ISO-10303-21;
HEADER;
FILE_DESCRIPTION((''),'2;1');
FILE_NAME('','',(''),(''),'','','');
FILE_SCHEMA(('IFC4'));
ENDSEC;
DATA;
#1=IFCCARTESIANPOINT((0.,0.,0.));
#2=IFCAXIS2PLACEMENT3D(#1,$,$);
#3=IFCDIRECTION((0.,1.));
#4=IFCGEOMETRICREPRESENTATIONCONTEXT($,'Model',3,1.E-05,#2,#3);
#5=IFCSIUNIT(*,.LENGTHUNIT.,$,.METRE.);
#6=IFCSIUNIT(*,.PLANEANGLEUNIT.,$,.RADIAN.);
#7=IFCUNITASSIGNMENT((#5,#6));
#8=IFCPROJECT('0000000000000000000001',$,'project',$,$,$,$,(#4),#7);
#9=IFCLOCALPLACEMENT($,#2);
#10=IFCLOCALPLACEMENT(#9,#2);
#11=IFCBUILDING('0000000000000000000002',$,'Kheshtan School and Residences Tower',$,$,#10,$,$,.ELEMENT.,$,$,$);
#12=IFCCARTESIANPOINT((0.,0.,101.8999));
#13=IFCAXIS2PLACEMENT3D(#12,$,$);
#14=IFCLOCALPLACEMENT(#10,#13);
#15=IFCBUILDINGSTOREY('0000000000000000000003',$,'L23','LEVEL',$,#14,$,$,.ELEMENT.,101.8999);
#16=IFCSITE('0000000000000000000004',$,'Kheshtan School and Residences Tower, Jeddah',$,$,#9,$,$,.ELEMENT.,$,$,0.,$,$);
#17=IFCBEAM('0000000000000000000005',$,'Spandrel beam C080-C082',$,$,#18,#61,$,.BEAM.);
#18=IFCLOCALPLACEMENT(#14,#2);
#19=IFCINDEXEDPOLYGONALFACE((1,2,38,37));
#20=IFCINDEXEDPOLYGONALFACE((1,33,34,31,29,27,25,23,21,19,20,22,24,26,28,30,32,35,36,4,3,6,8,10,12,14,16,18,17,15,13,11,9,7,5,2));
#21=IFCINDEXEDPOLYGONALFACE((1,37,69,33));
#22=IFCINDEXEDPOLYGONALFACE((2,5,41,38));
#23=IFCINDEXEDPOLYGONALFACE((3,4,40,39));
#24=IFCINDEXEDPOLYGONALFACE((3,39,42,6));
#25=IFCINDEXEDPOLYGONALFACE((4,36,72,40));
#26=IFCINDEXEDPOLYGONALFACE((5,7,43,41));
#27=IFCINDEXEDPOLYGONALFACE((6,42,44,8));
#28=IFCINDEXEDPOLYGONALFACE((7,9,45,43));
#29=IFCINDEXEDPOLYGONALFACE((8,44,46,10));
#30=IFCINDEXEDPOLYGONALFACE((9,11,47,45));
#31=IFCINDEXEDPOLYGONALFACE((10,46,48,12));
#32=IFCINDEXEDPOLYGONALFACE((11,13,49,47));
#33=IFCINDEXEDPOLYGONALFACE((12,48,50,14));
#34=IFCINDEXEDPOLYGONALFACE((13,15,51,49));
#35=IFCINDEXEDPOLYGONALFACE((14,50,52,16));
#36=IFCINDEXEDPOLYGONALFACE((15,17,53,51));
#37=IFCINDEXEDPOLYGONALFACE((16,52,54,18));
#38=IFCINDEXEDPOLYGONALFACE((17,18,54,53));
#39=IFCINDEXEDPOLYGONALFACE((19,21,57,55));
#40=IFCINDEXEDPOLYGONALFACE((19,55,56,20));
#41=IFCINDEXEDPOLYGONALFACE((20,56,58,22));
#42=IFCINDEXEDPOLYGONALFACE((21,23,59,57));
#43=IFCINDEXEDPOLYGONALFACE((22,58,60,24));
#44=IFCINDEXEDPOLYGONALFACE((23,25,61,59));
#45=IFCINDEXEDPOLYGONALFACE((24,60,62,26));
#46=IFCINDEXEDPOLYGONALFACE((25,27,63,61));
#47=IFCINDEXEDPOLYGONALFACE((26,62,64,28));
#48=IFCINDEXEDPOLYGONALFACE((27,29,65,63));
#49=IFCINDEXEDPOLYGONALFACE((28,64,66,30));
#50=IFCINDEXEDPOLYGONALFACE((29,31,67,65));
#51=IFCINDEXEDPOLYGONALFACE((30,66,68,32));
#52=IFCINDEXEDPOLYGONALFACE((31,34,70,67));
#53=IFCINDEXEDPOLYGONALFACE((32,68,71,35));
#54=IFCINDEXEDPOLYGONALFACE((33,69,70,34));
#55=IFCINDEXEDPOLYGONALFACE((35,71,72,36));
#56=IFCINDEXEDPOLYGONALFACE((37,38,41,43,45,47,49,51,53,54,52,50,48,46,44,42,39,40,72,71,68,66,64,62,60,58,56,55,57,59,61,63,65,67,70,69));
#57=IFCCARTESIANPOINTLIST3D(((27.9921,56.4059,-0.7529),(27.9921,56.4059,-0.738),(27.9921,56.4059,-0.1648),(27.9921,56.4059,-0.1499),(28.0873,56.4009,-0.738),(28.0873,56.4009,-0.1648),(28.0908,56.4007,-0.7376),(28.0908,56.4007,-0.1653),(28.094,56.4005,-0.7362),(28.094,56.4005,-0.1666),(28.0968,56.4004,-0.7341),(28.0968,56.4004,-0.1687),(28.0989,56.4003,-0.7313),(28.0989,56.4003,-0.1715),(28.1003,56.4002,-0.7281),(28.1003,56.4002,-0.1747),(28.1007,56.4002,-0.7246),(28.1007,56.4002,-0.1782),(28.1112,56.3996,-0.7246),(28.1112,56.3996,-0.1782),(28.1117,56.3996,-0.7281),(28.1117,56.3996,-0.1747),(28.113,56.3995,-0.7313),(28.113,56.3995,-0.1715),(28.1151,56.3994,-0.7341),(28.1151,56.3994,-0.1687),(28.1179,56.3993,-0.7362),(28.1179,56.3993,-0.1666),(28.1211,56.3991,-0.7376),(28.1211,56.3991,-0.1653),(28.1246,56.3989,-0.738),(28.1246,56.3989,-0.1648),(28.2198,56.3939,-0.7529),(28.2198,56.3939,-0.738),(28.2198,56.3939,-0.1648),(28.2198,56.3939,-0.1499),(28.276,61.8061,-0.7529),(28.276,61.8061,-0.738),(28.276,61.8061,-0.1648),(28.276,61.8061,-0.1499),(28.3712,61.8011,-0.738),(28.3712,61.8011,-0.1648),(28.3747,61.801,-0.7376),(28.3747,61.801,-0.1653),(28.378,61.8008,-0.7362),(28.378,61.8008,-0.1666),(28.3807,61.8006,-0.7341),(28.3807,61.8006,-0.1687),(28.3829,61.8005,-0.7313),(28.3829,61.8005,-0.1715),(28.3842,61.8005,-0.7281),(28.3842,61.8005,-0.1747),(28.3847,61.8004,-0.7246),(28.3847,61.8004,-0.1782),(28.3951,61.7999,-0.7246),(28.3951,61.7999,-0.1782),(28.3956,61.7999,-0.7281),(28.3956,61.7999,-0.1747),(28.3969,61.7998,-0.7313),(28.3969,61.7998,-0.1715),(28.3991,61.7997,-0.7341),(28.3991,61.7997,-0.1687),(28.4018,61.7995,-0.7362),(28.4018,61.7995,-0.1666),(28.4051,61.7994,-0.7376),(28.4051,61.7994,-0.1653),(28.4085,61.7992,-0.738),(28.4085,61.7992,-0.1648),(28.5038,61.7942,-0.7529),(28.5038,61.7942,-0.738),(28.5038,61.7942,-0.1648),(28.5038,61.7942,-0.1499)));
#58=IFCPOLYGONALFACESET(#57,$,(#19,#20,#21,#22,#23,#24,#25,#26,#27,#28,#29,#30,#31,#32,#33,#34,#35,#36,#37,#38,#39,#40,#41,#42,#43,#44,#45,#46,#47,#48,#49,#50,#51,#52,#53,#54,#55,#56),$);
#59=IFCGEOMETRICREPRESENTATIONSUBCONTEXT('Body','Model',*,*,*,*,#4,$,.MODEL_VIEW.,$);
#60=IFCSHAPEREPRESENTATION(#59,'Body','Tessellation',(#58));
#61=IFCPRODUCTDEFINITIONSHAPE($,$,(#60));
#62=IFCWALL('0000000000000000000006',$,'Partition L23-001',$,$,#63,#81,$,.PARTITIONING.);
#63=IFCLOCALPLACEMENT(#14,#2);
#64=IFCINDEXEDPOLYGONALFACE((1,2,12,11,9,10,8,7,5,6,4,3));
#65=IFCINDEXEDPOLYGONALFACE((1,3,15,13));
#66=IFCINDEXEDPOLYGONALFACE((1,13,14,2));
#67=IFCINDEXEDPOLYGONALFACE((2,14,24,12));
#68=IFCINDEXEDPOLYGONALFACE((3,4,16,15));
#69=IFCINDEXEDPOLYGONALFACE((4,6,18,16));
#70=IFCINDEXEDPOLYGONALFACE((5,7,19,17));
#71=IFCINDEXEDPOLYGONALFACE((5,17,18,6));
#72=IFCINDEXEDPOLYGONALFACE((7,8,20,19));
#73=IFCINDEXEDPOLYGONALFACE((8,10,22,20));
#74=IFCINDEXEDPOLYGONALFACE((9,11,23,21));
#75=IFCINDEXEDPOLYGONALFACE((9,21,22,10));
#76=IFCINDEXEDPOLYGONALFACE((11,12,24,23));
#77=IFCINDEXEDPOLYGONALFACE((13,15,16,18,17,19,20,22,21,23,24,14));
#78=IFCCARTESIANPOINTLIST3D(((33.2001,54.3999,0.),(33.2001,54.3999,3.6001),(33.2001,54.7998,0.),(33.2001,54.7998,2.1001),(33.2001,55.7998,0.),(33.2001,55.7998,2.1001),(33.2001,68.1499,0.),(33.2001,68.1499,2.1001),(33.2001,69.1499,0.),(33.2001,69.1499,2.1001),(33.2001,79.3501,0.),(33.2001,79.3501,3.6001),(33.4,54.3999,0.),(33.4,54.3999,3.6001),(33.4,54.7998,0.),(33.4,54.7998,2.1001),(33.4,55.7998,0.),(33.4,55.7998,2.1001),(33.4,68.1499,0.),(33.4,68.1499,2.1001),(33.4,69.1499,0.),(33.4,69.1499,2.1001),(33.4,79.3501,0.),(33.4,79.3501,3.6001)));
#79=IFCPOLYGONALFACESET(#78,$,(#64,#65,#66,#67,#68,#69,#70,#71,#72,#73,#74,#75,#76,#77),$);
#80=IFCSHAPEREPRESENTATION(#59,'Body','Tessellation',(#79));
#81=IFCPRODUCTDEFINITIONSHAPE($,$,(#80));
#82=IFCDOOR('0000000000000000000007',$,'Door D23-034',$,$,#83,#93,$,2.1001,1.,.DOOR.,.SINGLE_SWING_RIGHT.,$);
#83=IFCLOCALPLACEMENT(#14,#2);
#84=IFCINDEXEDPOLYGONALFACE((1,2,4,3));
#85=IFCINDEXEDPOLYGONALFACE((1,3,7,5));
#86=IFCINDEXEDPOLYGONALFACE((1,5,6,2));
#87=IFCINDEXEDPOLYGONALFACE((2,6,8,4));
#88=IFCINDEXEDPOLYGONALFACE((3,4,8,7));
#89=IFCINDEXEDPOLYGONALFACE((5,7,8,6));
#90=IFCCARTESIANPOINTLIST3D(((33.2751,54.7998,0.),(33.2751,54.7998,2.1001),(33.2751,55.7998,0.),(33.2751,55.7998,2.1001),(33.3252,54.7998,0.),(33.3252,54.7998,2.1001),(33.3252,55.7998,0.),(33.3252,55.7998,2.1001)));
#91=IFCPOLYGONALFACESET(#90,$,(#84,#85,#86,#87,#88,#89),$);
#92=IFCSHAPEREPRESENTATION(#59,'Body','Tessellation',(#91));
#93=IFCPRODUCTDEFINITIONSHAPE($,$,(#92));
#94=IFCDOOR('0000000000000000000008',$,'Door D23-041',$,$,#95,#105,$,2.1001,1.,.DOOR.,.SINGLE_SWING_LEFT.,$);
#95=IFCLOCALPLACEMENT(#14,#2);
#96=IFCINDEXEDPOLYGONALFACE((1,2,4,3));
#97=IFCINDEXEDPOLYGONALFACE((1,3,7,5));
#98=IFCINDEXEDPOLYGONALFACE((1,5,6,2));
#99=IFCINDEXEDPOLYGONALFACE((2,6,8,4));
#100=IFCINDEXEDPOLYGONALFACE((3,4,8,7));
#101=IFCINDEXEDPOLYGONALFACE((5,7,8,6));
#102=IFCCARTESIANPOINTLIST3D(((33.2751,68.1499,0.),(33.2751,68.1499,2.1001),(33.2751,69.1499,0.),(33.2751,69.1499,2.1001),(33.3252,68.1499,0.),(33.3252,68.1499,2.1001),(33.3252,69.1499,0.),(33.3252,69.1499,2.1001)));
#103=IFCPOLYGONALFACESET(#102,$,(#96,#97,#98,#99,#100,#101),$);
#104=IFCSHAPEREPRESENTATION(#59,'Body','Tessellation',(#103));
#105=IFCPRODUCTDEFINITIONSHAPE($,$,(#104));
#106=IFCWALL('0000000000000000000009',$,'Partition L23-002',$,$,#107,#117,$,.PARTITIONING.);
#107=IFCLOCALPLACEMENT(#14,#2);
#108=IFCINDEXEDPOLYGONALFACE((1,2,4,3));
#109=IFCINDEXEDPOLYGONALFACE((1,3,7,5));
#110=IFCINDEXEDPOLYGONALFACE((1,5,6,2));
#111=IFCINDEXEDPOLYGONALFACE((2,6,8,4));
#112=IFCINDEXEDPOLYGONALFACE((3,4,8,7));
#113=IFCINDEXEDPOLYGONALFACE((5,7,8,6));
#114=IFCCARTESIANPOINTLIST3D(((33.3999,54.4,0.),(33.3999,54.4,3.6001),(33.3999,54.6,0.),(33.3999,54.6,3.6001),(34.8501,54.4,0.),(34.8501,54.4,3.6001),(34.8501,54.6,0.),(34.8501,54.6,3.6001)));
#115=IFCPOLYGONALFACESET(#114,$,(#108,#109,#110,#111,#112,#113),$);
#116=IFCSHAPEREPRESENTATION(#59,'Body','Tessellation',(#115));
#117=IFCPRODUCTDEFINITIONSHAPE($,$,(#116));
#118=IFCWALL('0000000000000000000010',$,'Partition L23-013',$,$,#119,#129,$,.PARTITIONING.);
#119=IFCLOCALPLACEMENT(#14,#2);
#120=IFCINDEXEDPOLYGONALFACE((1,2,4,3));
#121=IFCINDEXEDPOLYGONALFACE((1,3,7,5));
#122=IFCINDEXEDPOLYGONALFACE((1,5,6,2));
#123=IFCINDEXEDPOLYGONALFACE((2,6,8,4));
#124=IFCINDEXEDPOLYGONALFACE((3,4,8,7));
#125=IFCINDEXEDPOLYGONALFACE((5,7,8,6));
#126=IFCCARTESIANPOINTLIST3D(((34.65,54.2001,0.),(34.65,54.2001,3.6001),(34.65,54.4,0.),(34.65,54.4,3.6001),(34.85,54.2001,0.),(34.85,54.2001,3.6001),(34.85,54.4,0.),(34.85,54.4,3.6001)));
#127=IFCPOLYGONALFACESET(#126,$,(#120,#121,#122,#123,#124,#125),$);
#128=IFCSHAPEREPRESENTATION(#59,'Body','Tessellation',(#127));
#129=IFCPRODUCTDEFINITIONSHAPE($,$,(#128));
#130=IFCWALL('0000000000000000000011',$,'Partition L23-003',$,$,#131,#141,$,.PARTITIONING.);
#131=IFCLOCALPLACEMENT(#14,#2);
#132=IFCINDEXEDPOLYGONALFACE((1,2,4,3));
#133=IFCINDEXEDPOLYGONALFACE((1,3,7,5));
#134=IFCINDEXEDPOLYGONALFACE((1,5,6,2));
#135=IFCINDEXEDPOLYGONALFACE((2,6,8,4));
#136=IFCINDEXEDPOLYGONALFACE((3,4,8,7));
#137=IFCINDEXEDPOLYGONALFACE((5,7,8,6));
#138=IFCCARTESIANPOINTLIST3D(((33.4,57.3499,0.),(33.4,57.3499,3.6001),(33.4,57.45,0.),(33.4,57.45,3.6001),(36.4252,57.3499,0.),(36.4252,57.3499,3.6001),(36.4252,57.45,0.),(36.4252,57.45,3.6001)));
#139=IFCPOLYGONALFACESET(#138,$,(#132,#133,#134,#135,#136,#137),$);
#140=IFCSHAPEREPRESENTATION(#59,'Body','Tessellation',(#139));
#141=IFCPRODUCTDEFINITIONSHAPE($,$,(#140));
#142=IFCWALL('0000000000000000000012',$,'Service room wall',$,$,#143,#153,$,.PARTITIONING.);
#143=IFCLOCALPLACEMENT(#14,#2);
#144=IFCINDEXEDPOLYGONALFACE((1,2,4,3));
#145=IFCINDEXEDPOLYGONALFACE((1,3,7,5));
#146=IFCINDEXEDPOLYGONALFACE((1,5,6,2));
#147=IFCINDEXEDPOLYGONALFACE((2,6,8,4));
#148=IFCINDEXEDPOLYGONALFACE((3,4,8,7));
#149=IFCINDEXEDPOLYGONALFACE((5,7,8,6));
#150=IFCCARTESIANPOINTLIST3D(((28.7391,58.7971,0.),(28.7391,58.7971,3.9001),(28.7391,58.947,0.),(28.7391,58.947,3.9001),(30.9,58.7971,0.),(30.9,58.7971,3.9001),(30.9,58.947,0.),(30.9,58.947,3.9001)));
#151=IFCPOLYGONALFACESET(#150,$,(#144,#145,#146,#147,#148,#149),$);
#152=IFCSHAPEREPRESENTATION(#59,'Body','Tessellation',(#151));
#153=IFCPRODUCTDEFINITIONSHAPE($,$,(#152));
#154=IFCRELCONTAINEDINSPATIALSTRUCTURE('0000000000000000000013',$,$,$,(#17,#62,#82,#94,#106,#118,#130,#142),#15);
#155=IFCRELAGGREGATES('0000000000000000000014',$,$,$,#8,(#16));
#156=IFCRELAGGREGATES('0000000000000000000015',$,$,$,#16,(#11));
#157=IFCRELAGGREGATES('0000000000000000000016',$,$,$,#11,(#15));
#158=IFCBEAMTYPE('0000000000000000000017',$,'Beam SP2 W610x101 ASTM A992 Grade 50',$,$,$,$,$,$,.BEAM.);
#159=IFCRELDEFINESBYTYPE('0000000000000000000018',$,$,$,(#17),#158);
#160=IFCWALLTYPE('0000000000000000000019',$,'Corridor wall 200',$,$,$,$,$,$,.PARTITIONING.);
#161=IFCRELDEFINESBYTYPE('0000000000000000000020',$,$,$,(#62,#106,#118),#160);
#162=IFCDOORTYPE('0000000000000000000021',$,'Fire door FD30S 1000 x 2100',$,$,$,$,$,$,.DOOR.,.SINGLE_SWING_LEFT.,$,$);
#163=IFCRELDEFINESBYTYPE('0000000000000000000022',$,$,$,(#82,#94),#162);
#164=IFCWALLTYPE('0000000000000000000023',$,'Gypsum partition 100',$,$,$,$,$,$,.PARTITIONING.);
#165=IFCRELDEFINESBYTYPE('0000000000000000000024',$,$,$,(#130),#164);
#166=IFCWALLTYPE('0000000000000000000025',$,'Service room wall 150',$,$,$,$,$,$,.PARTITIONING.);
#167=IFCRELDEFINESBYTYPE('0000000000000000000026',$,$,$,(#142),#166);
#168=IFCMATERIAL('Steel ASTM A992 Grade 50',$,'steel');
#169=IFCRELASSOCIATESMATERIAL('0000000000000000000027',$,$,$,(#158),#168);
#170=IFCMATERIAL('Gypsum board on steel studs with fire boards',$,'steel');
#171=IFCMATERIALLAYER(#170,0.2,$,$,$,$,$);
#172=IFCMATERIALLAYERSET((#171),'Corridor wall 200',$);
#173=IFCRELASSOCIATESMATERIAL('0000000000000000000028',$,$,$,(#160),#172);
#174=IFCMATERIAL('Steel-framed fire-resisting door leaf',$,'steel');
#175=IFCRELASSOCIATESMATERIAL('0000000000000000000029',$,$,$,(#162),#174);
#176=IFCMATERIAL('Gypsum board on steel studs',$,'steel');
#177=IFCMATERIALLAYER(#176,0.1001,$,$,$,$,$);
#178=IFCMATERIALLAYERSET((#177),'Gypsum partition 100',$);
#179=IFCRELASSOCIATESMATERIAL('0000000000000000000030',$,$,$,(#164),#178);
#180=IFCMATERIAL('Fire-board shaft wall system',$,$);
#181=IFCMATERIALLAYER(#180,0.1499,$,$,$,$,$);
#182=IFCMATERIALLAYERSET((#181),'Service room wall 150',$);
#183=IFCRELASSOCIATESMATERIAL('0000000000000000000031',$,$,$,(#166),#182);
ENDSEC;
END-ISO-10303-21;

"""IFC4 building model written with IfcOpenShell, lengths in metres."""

from ifc_helpers import new_model, si_unit, direction, frame, frame_2d, origin, origin_2d, place, context, subcontext, project, spatial, rectangle, i_section, extrude, source, transform, mapped, material, layer, layer_set, material_profile, profile_set, type_object, element, fill, save


model = new_model("IFC4")

# Units and contexts
model_context = context("Model", 3, precision=1e-05, world=origin(), true_north=direction((0.0, 1.0)))
body_context = subcontext(model_context, "Body", "Model", "MODEL_VIEW")
ifc_project = project(units=[si_unit("LENGTHUNIT", "METRE"), si_unit("PLANEANGLEUNIT", "RADIAN")], contexts=[model_context])

# Site, building, storey
site_placement = place(None, origin())
site = spatial("IfcSite", under=ifc_project, at=site_placement, Name="Kheshtan School and Residences Tower, Jeddah", CompositionType="ELEMENT", RefElevation=0.0)
building_placement = place(site_placement, origin())
building = spatial("IfcBuilding", under=site, at=building_placement, Name="Kheshtan School and Residences Tower", CompositionType="ELEMENT")
storey_placement = place(building_placement, frame((0.0, 0.0, 101.8999)))
storey = spatial("IfcBuildingStorey", under=building, at=storey_placement, Name="L23", Description="LEVEL", CompositionType="ELEMENT", Elevation=101.8999)

# Shared definitions
ifc_material_1 = material(Name="Steel ASTM A992 Grade 50", Category="steel")

# Beam
ifc_material_profile_1 = material_profile(ifc_material_1, i_section(OverallWidth=0.228, OverallDepth=0.603, WebThickness=0.0105, FlangeThickness=0.0149, FilletRadius=0.0134, at=origin_2d()), Name="W610x101")
ifc_profile_set_1 = profile_set([ifc_material_profile_1], Name="Steel ASTM A992 Grade 50")
beam_type_1 = type_object("IfcBeamType", Name="Beam SP2 W610x101 ASTM A992 Grade 50", PredefinedType="BEAM", material=ifc_profile_set_1)
beam_1_placement = place(storey_placement, frame((28.106, 56.3999, -0.4514), z_axis=(0.052507, 0.998621, 0.0), x_axis=(-0.998621, 0.052507, 0.0)))
element("IfcBeam", 1, at=beam_1_placement, inside=storey, type_object=beam_type_1, Name="Spandrel beam C080-C082", PredefinedType="BEAM", context=body_context, shape_type="SweptSolid", body=[
    extrude(i_section(OverallWidth=0.228, OverallDepth=0.603, WebThickness=0.0105, FlangeThickness=0.0149, FilletRadius=0.0134, at=origin_2d()), origin(), (0.0, 0.0, 1.0), 5.4077),
])

# Wall, openings, doors
ifc_material_2 = material(Name="Gypsum board on steel studs with fire boards", Category="steel")
ifc_layer_1 = layer(ifc_material_2, 0.2)
ifc_layer_set_1 = layer_set([ifc_layer_1], Name="Corridor wall 200")
wall_type_1 = type_object("IfcWallType", Name="Corridor wall 200", PredefinedType="PARTITIONING", material=ifc_layer_set_1)
wall_1_placement = place(storey_placement, frame((33.3, 54.3999, 0.0), z_axis=(0.0, 0.0, 1.0), x_axis=(0.0, 1.0, 0.0)))
wall_1 = element("IfcWall", 2, at=wall_1_placement, inside=storey, type_object=wall_type_1, Name="Partition L23-001", PredefinedType="PARTITIONING", context=body_context, shape_type="SweptSolid", body=[
    extrude(rectangle(XDim=24.9502, YDim=0.2, at=frame_2d((12.4751, 0.0))), origin(), (0.0, 0.0, 1.0), 3.6001),
])
opening_1_placement = place(wall_1_placement, frame((0.3999, 0.0, 0.0)))
opening_1 = element("IfcOpeningElement", 3, at=opening_1_placement, cuts=wall_1, PredefinedType="OPENING", context=body_context, shape_type="SweptSolid", body=[
    extrude(rectangle(XDim=1.0, YDim=2.1001, at=frame_2d((0.5, 1.05))), frame((0.0, 0.1099, 0.0), z_axis=(0.0, -1.0, 0.0), x_axis=(1.0, 0.0, 0.0)), (0.0, 0.0, 1.0), 0.22),
])
opening_2_placement = place(wall_1_placement, frame((13.75, 0.0, 0.0)))
opening_2 = element("IfcOpeningElement", 4, at=opening_2_placement, cuts=wall_1, PredefinedType="OPENING", context=body_context, shape_type="SweptSolid", body=[
    extrude(rectangle(XDim=1.0, YDim=2.1001, at=frame_2d((0.5, 1.05))), frame((0.0, 0.1099, 0.0), z_axis=(0.0, -1.0, 0.0), x_axis=(1.0, 0.0, 0.0)), (0.0, 0.0, 1.0), 0.22),
])
ifc_material_3 = material(Name="Steel-framed fire-resisting door leaf", Category="steel")
door_type_1 = type_object("IfcDoorType", Name="Fire door FD30S 1000 x 2100", OperationType="SINGLE_SWING_LEFT", PredefinedType="DOOR", material=ifc_material_3)
shared_shape_1 = source(origin(), body_context, "Body", "SweptSolid", [
    extrude(rectangle(XDim=1.0, YDim=2.1001, at=frame_2d((0.5, 1.05))), frame((0.0, 0.0249, 0.0), z_axis=(0.0, -1.0, 0.0), x_axis=(1.0, 0.0, 0.0)), (0.0, 0.0, 1.0), 0.05),
])
door_1_placement = place(opening_1_placement, origin())
door_1 = element("IfcDoor", 5, at=door_1_placement, inside=storey, type_object=door_type_1, Name="Door D23-034", OperationType="SINGLE_SWING_RIGHT", OverallHeight=2.1001, OverallWidth=1.0, PredefinedType="DOOR", context=body_context, shape_type="MappedRepresentation", body=[
    mapped(shared_shape_1, transform((0.0, 0.0, 0.0), x_axis=(1.0, 0.0, 0.0), y_axis=(0.0, 1.0, 0.0), z_axis=(0.0, 0.0, 1.0), scale=1.0)),
])
fill(opening_1, door_1)
door_2_placement = place(opening_2_placement, origin())
door_2 = element("IfcDoor", 6, at=door_2_placement, inside=storey, type_object=door_type_1, Name="Door D23-041", OperationType="SINGLE_SWING_LEFT", OverallHeight=2.1001, OverallWidth=1.0, PredefinedType="DOOR", context=body_context, shape_type="MappedRepresentation", body=[
    mapped(shared_shape_1, transform((0.0, 0.0, 0.0), x_axis=(1.0, 0.0, 0.0), y_axis=(0.0, 1.0, 0.0), z_axis=(0.0, 0.0, 1.0), scale=1.0)),
])
fill(opening_2, door_2)

# Walls
wall_2_placement = place(storey_placement, frame((33.3999, 54.5, 0.0), z_axis=(0.0, 0.0, 1.0), x_axis=(1.0, 0.0, 0.0)))
element("IfcWall", 7, at=wall_2_placement, inside=storey, type_object=wall_type_1, Name="Partition L23-002", PredefinedType="PARTITIONING", context=body_context, shape_type="SweptSolid", body=[
    extrude(rectangle(XDim=1.4502, YDim=0.2, at=frame_2d((0.7251, 0.0))), origin(), (0.0, 0.0, 1.0), 3.6001),
])
wall_3_placement = place(storey_placement, frame((34.75, 54.2, 0.0), z_axis=(0.0, 0.0, 1.0), x_axis=(0.0, 1.0, 0.0)))
element("IfcWall", 8, at=wall_3_placement, inside=storey, type_object=wall_type_1, Name="Partition L23-013", PredefinedType="PARTITIONING", context=body_context, shape_type="SweptSolid", body=[
    extrude(rectangle(XDim=0.2, YDim=0.2, at=frame_2d((0.1001, 0.0))), origin(), (0.0, 0.0, 1.0), 3.6001),
])
ifc_material_4 = material(Name="Gypsum board on steel studs", Category="steel")
ifc_layer_2 = layer(ifc_material_4, 0.1001)
ifc_layer_set_2 = layer_set([ifc_layer_2], Name="Gypsum partition 100")
wall_type_2 = type_object("IfcWallType", Name="Gypsum partition 100", PredefinedType="PARTITIONING", material=ifc_layer_set_2)
wall_4_placement = place(storey_placement, frame((33.3999, 57.3999, 0.0), z_axis=(0.0, 0.0, 1.0), x_axis=(1.0, 0.0, 0.0)))
element("IfcWall", 9, at=wall_4_placement, inside=storey, type_object=wall_type_2, Name="Partition L23-003", PredefinedType="PARTITIONING", context=body_context, shape_type="SweptSolid", body=[
    extrude(rectangle(XDim=3.0251, YDim=0.1001, at=frame_2d((1.5127, 0.0))), origin(), (0.0, 0.0, 1.0), 3.6001),
])
ifc_material_5 = material(Name="Fire-board shaft wall system")
ifc_layer_3 = layer(ifc_material_5, 0.1499)
ifc_layer_set_3 = layer_set([ifc_layer_3], Name="Service room wall 150")
wall_type_3 = type_object("IfcWallType", Name="Service room wall 150", PredefinedType="PARTITIONING", material=ifc_layer_set_3)
wall_5_placement = place(storey_placement, frame((28.739, 58.8721, 0.0), z_axis=(0.0, 0.0, 1.0), x_axis=(1.0, 0.0, 0.0)))
element("IfcWall", 10, at=wall_5_placement, inside=storey, type_object=wall_type_3, Name="Service room wall", PredefinedType="PARTITIONING", context=body_context, shape_type="SweptSolid", body=[
    extrude(rectangle(XDim=2.1609, YDim=0.1499, at=frame_2d((1.0806, 0.0))), origin(), (0.0, 0.0, 1.0), 3.9001),
])

save(model, "model.ifc")
